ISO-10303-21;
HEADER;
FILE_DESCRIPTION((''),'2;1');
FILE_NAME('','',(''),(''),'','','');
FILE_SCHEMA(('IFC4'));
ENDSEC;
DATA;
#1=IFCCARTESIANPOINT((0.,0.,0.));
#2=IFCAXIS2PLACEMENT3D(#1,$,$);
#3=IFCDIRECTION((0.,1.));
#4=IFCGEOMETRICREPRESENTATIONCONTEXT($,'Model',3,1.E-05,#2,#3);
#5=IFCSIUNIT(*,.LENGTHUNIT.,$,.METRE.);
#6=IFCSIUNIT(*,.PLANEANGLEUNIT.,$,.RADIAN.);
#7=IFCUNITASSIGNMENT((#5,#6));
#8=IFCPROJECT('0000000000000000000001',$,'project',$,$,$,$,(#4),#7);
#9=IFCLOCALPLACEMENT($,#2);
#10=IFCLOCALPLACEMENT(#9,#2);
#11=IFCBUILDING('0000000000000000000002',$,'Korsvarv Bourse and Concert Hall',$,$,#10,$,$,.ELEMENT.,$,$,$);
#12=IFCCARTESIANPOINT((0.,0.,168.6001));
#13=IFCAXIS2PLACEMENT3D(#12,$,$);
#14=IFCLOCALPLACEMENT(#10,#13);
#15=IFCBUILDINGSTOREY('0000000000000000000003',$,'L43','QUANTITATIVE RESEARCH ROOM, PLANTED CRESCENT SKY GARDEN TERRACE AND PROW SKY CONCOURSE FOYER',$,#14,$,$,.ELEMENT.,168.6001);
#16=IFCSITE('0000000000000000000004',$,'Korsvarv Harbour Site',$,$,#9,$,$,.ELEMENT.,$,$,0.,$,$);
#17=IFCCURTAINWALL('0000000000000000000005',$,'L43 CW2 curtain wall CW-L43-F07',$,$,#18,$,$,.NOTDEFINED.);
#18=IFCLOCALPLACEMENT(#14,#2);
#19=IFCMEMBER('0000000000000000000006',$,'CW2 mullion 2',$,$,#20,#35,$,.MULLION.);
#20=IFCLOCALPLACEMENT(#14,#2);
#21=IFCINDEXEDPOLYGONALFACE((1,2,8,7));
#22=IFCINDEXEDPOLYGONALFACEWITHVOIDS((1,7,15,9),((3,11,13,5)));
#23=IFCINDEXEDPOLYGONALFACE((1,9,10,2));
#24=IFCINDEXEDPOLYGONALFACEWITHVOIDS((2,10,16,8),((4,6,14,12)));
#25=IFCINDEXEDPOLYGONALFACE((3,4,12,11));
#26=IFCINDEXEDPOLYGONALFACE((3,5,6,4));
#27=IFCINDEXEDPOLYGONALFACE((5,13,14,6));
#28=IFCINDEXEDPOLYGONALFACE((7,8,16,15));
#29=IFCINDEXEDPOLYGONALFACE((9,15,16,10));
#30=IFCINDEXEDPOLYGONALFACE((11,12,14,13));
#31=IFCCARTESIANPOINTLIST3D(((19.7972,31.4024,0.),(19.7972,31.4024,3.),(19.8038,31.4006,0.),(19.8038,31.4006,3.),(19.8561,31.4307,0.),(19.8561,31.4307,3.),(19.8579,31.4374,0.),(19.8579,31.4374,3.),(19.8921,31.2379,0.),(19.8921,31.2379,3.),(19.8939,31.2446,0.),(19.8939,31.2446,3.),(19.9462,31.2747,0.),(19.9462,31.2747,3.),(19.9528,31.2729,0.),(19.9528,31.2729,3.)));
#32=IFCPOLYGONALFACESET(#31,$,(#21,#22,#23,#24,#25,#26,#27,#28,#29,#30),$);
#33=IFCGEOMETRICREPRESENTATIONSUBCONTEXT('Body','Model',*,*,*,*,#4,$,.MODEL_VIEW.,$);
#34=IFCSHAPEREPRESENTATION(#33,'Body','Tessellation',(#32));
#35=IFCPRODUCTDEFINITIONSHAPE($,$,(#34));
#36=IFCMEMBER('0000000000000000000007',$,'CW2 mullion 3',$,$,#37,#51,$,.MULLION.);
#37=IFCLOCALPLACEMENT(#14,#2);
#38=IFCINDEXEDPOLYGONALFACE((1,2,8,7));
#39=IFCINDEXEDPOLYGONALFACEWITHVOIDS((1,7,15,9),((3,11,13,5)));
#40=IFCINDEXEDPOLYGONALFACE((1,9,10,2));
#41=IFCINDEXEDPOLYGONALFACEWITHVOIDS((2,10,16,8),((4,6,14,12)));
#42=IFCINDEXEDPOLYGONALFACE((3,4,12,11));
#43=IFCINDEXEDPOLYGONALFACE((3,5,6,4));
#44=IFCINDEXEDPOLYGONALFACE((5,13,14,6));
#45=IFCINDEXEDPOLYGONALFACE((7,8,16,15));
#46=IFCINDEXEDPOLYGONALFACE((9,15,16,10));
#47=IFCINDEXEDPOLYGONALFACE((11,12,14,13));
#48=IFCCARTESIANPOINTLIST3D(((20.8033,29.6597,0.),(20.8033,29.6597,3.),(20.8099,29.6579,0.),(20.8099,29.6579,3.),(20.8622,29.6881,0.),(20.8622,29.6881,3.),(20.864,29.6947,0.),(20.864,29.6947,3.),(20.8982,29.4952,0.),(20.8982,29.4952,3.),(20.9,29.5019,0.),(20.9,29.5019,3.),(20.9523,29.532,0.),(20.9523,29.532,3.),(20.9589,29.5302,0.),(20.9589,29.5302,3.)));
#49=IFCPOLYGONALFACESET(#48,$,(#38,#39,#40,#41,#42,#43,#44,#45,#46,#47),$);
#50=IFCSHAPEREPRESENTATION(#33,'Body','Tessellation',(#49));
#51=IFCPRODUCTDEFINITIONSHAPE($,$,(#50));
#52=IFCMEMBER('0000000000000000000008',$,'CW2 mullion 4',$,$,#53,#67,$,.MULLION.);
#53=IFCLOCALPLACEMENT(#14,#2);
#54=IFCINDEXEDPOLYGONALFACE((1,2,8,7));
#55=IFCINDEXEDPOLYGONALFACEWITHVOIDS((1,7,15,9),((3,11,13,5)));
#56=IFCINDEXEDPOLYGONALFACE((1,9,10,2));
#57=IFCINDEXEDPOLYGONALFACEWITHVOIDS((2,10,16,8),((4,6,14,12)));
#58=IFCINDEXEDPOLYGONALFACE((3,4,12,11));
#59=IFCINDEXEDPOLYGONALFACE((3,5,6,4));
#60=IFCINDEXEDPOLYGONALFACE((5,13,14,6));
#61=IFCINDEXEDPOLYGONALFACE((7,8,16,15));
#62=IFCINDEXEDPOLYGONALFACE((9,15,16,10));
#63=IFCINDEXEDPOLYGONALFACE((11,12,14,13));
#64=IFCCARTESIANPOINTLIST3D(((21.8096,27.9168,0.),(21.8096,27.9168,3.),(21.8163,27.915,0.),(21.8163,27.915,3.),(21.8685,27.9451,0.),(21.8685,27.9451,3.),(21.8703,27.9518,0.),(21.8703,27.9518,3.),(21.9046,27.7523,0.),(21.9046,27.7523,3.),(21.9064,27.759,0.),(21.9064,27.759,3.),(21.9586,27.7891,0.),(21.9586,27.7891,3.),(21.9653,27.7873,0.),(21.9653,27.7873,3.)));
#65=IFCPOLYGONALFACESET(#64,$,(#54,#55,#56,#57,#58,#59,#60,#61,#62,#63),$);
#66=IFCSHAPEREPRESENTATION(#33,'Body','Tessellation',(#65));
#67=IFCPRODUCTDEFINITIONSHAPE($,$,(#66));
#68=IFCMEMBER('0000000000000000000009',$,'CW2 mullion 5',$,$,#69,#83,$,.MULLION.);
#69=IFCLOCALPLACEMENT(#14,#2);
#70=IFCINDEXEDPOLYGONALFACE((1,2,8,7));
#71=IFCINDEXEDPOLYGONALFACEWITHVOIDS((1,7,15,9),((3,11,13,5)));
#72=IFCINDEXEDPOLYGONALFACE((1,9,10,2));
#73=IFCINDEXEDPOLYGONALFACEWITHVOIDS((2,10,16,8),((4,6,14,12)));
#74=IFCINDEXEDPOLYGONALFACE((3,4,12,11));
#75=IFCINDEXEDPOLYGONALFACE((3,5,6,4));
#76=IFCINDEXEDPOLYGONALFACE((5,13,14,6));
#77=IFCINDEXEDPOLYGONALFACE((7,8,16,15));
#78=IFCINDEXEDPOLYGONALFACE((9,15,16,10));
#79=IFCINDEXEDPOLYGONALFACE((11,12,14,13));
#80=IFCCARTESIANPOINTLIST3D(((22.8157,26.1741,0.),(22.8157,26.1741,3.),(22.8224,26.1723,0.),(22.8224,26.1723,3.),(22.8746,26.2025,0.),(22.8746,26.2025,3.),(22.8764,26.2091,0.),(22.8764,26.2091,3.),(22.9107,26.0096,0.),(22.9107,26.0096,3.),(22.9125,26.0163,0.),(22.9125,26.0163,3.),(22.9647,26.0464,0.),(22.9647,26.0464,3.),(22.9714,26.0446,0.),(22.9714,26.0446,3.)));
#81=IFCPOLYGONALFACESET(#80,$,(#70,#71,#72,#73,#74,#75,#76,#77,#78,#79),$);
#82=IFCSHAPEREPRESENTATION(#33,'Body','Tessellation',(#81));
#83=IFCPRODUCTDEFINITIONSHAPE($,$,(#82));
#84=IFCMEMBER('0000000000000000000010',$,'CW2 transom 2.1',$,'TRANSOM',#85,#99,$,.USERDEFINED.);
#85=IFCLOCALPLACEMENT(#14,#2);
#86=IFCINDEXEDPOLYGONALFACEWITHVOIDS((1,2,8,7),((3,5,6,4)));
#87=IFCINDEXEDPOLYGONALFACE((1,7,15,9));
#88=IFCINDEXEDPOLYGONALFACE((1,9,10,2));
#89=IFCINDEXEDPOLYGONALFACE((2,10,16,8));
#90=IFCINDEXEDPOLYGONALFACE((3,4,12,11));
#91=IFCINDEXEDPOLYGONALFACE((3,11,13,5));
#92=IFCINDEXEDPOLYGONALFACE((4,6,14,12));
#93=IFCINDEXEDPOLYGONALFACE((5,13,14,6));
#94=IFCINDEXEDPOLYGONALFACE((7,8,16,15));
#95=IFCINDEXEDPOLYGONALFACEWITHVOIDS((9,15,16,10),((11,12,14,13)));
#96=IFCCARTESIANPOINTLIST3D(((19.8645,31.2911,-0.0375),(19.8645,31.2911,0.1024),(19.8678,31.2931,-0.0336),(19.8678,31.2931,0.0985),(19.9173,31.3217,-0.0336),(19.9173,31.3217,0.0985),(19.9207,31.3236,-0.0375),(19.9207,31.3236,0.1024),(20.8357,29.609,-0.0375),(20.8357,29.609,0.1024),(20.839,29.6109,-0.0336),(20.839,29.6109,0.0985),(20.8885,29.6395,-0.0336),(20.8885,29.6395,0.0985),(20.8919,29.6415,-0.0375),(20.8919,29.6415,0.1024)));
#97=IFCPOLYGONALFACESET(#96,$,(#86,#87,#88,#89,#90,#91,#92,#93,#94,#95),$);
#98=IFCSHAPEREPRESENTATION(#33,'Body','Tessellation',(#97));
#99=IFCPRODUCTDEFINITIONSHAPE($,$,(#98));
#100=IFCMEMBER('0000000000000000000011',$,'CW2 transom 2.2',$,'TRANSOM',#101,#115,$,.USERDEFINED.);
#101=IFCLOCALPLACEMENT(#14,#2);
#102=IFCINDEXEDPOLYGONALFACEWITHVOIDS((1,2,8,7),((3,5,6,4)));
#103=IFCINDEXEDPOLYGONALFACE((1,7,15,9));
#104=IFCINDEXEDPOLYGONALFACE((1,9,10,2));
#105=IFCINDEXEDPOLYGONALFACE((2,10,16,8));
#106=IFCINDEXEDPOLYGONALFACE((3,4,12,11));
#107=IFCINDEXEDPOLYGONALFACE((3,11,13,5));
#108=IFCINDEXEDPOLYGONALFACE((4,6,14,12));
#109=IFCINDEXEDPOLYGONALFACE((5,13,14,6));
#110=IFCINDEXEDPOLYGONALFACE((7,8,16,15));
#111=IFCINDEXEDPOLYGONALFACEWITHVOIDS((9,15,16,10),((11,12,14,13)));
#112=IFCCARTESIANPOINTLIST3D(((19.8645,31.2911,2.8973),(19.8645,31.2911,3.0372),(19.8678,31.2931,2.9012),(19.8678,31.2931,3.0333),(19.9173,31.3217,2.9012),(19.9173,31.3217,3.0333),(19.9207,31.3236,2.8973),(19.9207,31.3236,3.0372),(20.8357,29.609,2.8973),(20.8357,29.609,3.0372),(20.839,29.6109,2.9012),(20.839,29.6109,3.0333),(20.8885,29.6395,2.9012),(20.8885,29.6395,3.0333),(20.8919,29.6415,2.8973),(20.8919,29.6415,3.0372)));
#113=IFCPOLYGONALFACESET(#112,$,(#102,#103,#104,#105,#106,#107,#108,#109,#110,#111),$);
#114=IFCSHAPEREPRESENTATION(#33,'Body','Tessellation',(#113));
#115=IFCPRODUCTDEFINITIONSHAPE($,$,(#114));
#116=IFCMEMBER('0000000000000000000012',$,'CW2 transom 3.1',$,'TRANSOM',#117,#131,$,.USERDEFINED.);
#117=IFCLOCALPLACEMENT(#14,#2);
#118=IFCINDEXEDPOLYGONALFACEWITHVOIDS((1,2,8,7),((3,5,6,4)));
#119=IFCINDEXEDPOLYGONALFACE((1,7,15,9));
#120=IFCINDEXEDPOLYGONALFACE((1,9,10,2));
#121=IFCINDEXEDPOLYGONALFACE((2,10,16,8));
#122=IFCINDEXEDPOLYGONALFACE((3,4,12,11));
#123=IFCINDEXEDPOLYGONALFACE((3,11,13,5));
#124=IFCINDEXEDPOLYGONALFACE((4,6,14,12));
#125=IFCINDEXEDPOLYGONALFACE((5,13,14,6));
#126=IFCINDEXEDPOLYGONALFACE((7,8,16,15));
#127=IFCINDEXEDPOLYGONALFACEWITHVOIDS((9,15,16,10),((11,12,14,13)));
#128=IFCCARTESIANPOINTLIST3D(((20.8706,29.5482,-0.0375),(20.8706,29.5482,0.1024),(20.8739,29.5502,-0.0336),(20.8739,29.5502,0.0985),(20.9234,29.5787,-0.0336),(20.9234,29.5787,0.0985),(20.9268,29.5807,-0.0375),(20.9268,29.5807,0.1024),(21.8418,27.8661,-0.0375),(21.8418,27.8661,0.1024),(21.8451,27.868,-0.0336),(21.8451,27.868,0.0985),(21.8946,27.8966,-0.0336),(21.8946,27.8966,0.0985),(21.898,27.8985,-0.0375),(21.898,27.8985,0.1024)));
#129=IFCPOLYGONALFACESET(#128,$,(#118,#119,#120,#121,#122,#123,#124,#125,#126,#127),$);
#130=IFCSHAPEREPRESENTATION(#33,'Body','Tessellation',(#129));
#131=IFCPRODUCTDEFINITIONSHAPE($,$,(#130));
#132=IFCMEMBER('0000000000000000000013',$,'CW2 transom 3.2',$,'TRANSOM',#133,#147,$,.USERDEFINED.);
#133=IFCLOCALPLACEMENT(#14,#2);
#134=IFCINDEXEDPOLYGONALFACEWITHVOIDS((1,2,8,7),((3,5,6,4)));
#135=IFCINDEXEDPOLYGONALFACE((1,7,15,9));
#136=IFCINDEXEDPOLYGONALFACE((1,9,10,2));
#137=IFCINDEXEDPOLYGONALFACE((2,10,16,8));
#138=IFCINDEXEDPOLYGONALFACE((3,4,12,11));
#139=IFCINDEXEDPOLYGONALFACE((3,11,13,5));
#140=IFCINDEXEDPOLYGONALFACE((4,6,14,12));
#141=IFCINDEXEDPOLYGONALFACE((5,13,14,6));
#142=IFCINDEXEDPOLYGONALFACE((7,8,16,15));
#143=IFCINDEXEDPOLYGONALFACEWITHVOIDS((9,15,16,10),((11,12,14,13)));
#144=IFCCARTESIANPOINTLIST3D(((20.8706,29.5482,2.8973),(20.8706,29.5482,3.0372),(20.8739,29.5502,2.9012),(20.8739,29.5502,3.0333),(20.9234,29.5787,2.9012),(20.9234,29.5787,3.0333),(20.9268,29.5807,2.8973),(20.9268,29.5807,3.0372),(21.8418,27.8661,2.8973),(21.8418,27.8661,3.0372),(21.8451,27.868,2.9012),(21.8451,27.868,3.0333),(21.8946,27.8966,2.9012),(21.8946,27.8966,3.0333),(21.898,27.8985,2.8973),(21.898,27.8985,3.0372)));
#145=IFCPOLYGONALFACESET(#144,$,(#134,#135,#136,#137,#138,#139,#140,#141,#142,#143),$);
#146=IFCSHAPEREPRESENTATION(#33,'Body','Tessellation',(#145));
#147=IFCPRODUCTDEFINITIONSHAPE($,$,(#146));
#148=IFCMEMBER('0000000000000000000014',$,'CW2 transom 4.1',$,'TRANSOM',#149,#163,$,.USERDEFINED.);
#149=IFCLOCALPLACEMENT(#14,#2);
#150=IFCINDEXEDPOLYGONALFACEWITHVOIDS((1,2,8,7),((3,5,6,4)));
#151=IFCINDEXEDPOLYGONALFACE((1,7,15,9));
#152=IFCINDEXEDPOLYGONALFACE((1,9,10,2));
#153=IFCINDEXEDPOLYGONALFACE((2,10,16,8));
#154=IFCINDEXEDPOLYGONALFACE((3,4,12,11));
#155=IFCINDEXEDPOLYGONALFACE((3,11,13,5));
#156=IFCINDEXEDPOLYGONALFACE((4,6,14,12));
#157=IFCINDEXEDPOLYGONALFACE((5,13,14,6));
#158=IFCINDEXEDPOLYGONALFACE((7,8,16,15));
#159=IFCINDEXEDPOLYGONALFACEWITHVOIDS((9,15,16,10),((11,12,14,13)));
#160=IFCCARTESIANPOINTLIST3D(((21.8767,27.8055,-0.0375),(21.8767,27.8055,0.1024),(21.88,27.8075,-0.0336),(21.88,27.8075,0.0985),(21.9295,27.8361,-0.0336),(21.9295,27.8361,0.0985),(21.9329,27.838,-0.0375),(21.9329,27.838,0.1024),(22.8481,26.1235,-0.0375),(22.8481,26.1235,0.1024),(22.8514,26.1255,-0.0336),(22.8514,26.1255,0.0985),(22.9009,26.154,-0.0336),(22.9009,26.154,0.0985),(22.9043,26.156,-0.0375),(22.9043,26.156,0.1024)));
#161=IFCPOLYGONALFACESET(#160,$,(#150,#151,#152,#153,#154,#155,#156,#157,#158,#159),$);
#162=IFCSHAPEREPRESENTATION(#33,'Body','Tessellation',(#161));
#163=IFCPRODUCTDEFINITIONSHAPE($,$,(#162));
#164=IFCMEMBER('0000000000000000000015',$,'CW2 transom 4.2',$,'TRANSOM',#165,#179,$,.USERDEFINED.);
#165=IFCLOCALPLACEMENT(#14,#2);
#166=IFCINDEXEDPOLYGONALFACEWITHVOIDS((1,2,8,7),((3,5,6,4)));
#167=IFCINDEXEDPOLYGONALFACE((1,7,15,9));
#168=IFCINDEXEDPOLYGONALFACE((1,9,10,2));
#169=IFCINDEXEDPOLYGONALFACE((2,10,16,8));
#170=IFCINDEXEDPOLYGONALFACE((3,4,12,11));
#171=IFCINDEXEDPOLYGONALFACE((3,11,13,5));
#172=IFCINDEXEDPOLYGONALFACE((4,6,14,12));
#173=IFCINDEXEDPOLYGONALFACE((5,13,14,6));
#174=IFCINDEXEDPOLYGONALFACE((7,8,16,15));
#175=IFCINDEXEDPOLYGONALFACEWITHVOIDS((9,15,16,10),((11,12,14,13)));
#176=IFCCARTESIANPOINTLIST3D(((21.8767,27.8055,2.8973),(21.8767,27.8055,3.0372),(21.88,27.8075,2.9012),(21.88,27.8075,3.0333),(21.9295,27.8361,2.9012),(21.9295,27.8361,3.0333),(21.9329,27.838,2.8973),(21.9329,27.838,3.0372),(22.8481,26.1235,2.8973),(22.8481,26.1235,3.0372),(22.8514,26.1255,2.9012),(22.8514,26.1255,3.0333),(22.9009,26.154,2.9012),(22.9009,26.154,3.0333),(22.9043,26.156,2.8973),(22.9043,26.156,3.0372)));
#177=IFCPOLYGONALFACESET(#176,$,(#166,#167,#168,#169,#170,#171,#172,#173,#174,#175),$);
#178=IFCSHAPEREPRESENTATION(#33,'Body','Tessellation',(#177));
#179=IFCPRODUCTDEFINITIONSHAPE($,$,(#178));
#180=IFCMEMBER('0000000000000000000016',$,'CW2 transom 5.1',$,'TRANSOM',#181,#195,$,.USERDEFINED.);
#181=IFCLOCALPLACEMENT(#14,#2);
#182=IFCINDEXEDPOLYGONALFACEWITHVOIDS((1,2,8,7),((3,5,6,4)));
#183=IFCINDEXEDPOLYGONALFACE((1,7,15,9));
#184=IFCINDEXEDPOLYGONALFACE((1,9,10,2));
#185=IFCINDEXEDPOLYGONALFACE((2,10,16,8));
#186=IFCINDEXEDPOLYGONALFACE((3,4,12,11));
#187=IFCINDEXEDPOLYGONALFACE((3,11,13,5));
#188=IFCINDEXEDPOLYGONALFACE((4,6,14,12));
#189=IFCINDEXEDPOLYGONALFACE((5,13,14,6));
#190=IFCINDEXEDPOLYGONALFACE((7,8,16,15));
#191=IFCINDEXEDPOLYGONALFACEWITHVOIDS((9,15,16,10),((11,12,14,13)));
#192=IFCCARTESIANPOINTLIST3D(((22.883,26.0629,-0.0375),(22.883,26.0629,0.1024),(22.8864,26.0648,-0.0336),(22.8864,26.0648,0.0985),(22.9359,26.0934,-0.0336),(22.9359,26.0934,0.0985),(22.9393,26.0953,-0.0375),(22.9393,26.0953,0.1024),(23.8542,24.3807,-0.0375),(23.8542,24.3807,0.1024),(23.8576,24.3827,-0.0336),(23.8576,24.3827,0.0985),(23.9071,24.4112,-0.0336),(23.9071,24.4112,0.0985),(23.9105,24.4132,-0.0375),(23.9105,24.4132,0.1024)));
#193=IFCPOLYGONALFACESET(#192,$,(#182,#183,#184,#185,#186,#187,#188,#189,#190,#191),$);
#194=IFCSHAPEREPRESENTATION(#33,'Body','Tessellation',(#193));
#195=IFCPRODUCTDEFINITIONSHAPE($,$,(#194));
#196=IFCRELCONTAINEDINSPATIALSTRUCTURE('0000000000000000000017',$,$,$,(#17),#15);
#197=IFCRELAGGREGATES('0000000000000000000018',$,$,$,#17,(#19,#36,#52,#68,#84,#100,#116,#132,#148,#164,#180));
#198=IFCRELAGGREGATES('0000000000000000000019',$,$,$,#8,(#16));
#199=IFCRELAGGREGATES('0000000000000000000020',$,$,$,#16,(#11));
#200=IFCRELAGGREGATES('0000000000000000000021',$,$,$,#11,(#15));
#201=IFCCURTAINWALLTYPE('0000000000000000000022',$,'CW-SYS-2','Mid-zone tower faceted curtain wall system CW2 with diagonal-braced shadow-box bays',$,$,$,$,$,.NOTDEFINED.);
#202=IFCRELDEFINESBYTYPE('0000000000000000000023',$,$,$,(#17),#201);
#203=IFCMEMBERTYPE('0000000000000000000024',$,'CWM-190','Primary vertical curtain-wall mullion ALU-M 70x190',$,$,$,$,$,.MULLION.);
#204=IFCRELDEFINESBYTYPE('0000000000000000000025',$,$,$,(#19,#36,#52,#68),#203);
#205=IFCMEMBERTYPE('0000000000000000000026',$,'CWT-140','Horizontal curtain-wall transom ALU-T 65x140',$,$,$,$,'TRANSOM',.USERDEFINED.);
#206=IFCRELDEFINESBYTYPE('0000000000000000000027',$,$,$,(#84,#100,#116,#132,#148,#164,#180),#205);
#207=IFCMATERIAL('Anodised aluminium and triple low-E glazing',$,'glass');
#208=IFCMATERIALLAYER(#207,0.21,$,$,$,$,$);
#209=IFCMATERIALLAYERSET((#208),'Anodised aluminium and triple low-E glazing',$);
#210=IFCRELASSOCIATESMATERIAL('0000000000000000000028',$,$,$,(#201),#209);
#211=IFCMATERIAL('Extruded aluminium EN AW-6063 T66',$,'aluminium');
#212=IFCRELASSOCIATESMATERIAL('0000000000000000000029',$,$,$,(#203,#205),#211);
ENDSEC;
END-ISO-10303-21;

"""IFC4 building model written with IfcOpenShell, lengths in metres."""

from ifc_helpers import new_model, si_unit, direction, frame, origin, origin_2d, place, context, subcontext, project, spatial, hollow_rectangle, extrude, source, transform, mapped, material, layer, layer_set, material_profile, profile_set, type_object, element, aggregate, save


model = new_model("IFC4")

# Units and contexts
model_context = context("Model", 3, precision=1e-05, world=origin(), true_north=direction((0.0, 1.0)))
body_context = subcontext(model_context, "Body", "Model", "MODEL_VIEW")
ifc_project = project(units=[si_unit("LENGTHUNIT", "METRE"), si_unit("PLANEANGLEUNIT", "RADIAN")], contexts=[model_context])

# Site, building, storey
site_placement = place(None, origin())
site = spatial("IfcSite", under=ifc_project, at=site_placement, Name="Korsvarv Harbour Site", CompositionType="ELEMENT", RefElevation=0.0)
building_placement = place(site_placement, origin())
building = spatial("IfcBuilding", under=site, at=building_placement, Name="Korsvarv Bourse and Concert Hall", CompositionType="ELEMENT")
storey_placement = place(building_placement, frame((0.0, 0.0, 168.6001)))
storey = spatial("IfcBuildingStorey", under=building, at=storey_placement, Name="L43", Description="QUANTITATIVE RESEARCH ROOM, PLANTED CRESCENT SKY GARDEN TERRACE AND PROW SKY CONCOURSE FOYER", CompositionType="ELEMENT", Elevation=168.6001)

# Curtain wall, members
ifc_material_1 = material(Name="Anodised aluminium and triple low-E glazing", Category="glass")
ifc_layer_1 = layer(ifc_material_1, 0.21)
ifc_layer_set_1 = layer_set([ifc_layer_1], Name="Anodised aluminium and triple low-E glazing")
curtain_wall_type = type_object("IfcCurtainWallType", Name="CW-SYS-2", Description="Mid-zone tower faceted curtain wall system CW2 with diagonal-braced shadow-box bays", PredefinedType="NOTDEFINED", material=ifc_layer_set_1)
curtain_wall_placement = place(storey_placement, origin())
curtain_wall = element("IfcCurtainWall", 1, at=curtain_wall_placement, inside=storey, type_object=curtain_wall_type, Name="L43 CW2 curtain wall CW-L43-F07", PredefinedType="NOTDEFINED")
ifc_material_2 = material(Name="Extruded aluminium EN AW-6063 T66", Category="aluminium")
ifc_material_profile_1 = material_profile(ifc_material_2, hollow_rectangle(XDim=0.0701, YDim=0.1899, WallThickness=0.0049, at=origin_2d()), Name="ALU-M 70x190")
ifc_profile_set_1 = profile_set([ifc_material_profile_1], Name="Extruded aluminium EN AW-6063 T66")
member_type_1 = type_object("IfcMemberType", Name="CWM-190", Description="Primary vertical curtain-wall mullion ALU-M 70x190", PredefinedType="MULLION", material=ifc_profile_set_1)
shared_shape_1 = source(origin(), body_context, "Body", "SweptSolid", [
    extrude(hollow_rectangle(XDim=0.0701, YDim=0.1899, WallThickness=0.0049, at=origin_2d()), origin(), (0.0, 0.0, 1.0), 3.0),
])
member_1_placement = place(storey_placement, frame((19.875, 31.3376, 0.0), z_axis=(0.0, 0.0, 1.0), x_axis=(0.866023, 0.500005, 0.0)))
member_1 = element("IfcMember", 2, at=member_1_placement, type_object=member_type_1, Name="CW2 mullion 2", PredefinedType="MULLION", context=body_context, shape_type="MappedRepresentation", body=[
    mapped(shared_shape_1, transform((0.0, 0.0, 0.0), scale=1.0)),
])
member_2_placement = place(storey_placement, frame((20.8811, 29.595, 0.0), z_axis=(0.0, 0.0, 1.0), x_axis=(0.866023, 0.500005, 0.0)))
member_2 = element("IfcMember", 3, at=member_2_placement, type_object=member_type_1, Name="CW2 mullion 3", PredefinedType="MULLION", context=body_context, shape_type="MappedRepresentation", body=[
    mapped(shared_shape_1, transform((0.0, 0.0, 0.0), scale=1.0)),
])
member_3_placement = place(storey_placement, frame((21.8875, 27.8521, 0.0), z_axis=(0.0, 0.0, 1.0), x_axis=(0.866023, 0.500005, 0.0)))
member_3 = element("IfcMember", 4, at=member_3_placement, type_object=member_type_1, Name="CW2 mullion 4", PredefinedType="MULLION", context=body_context, shape_type="MappedRepresentation", body=[
    mapped(shared_shape_1, transform((0.0, 0.0, 0.0), scale=1.0)),
])
member_4_placement = place(storey_placement, frame((22.8936, 26.1094, 0.0), z_axis=(0.0, 0.0, 1.0), x_axis=(0.866023, 0.500005, 0.0)))
member_4 = element("IfcMember", 5, at=member_4_placement, type_object=member_type_1, Name="CW2 mullion 5", PredefinedType="MULLION", context=body_context, shape_type="MappedRepresentation", body=[
    mapped(shared_shape_1, transform((0.0, 0.0, 0.0), scale=1.0)),
])
ifc_material_profile_2 = material_profile(ifc_material_2, hollow_rectangle(XDim=0.0649, YDim=0.1399, WallThickness=0.0039, at=origin_2d()), Name="ALU-T 65x140")
ifc_profile_set_2 = profile_set([ifc_material_profile_2], Name="Extruded aluminium EN AW-6063 T66")
member_type_2 = type_object("IfcMemberType", Name="CWT-140", Description="Horizontal curtain-wall transom ALU-T 65x140", ElementType="TRANSOM", PredefinedType="USERDEFINED", material=ifc_profile_set_2)
shared_shape_2 = source(origin(), body_context, "Body", "SweptSolid", [
    extrude(hollow_rectangle(XDim=0.0649, YDim=0.1399, WallThickness=0.0039, at=origin_2d()), origin(), (0.0, 0.0, 1.0), 1.9424),
])
member_5_placement = place(storey_placement, frame((19.8926, 31.3074, 0.0325), z_axis=(0.500005, -0.866022, 0.0), x_axis=(0.866022, 0.500005, 0.0)))
member_5 = element("IfcMember", 6, at=member_5_placement, type_object=member_type_2, Name="CW2 transom 2.1", ObjectType="TRANSOM", PredefinedType="USERDEFINED", context=body_context, shape_type="MappedRepresentation", body=[
    mapped(shared_shape_2, transform((0.0, 0.0, 0.0), scale=1.0)),
])
member_6_placement = place(storey_placement, frame((19.8926, 31.3074, 2.9673), z_axis=(0.500005, -0.866022, 0.0), x_axis=(0.866022, 0.500005, 0.0)))
member_6 = element("IfcMember", 7, at=member_6_placement, type_object=member_type_2, Name="CW2 transom 2.2", ObjectType="TRANSOM", PredefinedType="USERDEFINED", context=body_context, shape_type="MappedRepresentation", body=[
    mapped(shared_shape_2, transform((0.0, 0.0, 0.0), scale=1.0)),
])
member_7_placement = place(storey_placement, frame((20.8987, 29.5645, 0.0325), z_axis=(0.500005, -0.866022, 0.0), x_axis=(0.866022, 0.500005, 0.0)))
member_7 = element("IfcMember", 8, at=member_7_placement, type_object=member_type_2, Name="CW2 transom 3.1", ObjectType="TRANSOM", PredefinedType="USERDEFINED", context=body_context, shape_type="MappedRepresentation", body=[
    mapped(shared_shape_2, transform((0.0, 0.0, 0.0), scale=1.0)),
])
member_8_placement = place(storey_placement, frame((20.8987, 29.5645, 2.9673), z_axis=(0.500005, -0.866022, 0.0), x_axis=(0.866022, 0.500005, 0.0)))
member_8 = element("IfcMember", 9, at=member_8_placement, type_object=member_type_2, Name="CW2 transom 3.2", ObjectType="TRANSOM", PredefinedType="USERDEFINED", context=body_context, shape_type="MappedRepresentation", body=[
    mapped(shared_shape_2, transform((0.0, 0.0, 0.0), scale=1.0)),
])
member_9_placement = place(storey_placement, frame((21.9048, 27.8218, 0.0325), z_axis=(0.5001, -0.865968, 0.0), x_axis=(0.865968, 0.5001, 0.0)))
member_9 = element("IfcMember", 10, at=member_9_placement, type_object=member_type_2, Name="CW2 transom 4.1", ObjectType="TRANSOM", PredefinedType="USERDEFINED", context=body_context, shape_type="MappedRepresentation", body=[
    mapped(shared_shape_2, transform((0.0, 0.0, 0.0), scale=1.0)),
])
member_10_placement = place(storey_placement, frame((21.9048, 27.8218, 2.9673), z_axis=(0.5001, -0.865968, 0.0), x_axis=(0.865968, 0.5001, 0.0)))
member_10 = element("IfcMember", 11, at=member_10_placement, type_object=member_type_2, Name="CW2 transom 4.2", ObjectType="TRANSOM", PredefinedType="USERDEFINED", context=body_context, shape_type="MappedRepresentation", body=[
    mapped(shared_shape_2, transform((0.0, 0.0, 0.0), scale=1.0)),
])
member_11_placement = place(storey_placement, frame((22.9111, 26.0791, 0.0325), z_axis=(0.500005, -0.866022, 0.0), x_axis=(0.866022, 0.500005, 0.0)))
member_11 = element("IfcMember", 12, at=member_11_placement, type_object=member_type_2, Name="CW2 transom 5.1", ObjectType="TRANSOM", PredefinedType="USERDEFINED", context=body_context, shape_type="MappedRepresentation", body=[
    mapped(shared_shape_2, transform((0.0, 0.0, 0.0), scale=1.0)),
])

aggregate(curtain_wall, [member_1, member_2, member_3, member_4, member_5, member_6, member_7, member_8, member_9, member_10, member_11])

save(model, "model.ifc")
